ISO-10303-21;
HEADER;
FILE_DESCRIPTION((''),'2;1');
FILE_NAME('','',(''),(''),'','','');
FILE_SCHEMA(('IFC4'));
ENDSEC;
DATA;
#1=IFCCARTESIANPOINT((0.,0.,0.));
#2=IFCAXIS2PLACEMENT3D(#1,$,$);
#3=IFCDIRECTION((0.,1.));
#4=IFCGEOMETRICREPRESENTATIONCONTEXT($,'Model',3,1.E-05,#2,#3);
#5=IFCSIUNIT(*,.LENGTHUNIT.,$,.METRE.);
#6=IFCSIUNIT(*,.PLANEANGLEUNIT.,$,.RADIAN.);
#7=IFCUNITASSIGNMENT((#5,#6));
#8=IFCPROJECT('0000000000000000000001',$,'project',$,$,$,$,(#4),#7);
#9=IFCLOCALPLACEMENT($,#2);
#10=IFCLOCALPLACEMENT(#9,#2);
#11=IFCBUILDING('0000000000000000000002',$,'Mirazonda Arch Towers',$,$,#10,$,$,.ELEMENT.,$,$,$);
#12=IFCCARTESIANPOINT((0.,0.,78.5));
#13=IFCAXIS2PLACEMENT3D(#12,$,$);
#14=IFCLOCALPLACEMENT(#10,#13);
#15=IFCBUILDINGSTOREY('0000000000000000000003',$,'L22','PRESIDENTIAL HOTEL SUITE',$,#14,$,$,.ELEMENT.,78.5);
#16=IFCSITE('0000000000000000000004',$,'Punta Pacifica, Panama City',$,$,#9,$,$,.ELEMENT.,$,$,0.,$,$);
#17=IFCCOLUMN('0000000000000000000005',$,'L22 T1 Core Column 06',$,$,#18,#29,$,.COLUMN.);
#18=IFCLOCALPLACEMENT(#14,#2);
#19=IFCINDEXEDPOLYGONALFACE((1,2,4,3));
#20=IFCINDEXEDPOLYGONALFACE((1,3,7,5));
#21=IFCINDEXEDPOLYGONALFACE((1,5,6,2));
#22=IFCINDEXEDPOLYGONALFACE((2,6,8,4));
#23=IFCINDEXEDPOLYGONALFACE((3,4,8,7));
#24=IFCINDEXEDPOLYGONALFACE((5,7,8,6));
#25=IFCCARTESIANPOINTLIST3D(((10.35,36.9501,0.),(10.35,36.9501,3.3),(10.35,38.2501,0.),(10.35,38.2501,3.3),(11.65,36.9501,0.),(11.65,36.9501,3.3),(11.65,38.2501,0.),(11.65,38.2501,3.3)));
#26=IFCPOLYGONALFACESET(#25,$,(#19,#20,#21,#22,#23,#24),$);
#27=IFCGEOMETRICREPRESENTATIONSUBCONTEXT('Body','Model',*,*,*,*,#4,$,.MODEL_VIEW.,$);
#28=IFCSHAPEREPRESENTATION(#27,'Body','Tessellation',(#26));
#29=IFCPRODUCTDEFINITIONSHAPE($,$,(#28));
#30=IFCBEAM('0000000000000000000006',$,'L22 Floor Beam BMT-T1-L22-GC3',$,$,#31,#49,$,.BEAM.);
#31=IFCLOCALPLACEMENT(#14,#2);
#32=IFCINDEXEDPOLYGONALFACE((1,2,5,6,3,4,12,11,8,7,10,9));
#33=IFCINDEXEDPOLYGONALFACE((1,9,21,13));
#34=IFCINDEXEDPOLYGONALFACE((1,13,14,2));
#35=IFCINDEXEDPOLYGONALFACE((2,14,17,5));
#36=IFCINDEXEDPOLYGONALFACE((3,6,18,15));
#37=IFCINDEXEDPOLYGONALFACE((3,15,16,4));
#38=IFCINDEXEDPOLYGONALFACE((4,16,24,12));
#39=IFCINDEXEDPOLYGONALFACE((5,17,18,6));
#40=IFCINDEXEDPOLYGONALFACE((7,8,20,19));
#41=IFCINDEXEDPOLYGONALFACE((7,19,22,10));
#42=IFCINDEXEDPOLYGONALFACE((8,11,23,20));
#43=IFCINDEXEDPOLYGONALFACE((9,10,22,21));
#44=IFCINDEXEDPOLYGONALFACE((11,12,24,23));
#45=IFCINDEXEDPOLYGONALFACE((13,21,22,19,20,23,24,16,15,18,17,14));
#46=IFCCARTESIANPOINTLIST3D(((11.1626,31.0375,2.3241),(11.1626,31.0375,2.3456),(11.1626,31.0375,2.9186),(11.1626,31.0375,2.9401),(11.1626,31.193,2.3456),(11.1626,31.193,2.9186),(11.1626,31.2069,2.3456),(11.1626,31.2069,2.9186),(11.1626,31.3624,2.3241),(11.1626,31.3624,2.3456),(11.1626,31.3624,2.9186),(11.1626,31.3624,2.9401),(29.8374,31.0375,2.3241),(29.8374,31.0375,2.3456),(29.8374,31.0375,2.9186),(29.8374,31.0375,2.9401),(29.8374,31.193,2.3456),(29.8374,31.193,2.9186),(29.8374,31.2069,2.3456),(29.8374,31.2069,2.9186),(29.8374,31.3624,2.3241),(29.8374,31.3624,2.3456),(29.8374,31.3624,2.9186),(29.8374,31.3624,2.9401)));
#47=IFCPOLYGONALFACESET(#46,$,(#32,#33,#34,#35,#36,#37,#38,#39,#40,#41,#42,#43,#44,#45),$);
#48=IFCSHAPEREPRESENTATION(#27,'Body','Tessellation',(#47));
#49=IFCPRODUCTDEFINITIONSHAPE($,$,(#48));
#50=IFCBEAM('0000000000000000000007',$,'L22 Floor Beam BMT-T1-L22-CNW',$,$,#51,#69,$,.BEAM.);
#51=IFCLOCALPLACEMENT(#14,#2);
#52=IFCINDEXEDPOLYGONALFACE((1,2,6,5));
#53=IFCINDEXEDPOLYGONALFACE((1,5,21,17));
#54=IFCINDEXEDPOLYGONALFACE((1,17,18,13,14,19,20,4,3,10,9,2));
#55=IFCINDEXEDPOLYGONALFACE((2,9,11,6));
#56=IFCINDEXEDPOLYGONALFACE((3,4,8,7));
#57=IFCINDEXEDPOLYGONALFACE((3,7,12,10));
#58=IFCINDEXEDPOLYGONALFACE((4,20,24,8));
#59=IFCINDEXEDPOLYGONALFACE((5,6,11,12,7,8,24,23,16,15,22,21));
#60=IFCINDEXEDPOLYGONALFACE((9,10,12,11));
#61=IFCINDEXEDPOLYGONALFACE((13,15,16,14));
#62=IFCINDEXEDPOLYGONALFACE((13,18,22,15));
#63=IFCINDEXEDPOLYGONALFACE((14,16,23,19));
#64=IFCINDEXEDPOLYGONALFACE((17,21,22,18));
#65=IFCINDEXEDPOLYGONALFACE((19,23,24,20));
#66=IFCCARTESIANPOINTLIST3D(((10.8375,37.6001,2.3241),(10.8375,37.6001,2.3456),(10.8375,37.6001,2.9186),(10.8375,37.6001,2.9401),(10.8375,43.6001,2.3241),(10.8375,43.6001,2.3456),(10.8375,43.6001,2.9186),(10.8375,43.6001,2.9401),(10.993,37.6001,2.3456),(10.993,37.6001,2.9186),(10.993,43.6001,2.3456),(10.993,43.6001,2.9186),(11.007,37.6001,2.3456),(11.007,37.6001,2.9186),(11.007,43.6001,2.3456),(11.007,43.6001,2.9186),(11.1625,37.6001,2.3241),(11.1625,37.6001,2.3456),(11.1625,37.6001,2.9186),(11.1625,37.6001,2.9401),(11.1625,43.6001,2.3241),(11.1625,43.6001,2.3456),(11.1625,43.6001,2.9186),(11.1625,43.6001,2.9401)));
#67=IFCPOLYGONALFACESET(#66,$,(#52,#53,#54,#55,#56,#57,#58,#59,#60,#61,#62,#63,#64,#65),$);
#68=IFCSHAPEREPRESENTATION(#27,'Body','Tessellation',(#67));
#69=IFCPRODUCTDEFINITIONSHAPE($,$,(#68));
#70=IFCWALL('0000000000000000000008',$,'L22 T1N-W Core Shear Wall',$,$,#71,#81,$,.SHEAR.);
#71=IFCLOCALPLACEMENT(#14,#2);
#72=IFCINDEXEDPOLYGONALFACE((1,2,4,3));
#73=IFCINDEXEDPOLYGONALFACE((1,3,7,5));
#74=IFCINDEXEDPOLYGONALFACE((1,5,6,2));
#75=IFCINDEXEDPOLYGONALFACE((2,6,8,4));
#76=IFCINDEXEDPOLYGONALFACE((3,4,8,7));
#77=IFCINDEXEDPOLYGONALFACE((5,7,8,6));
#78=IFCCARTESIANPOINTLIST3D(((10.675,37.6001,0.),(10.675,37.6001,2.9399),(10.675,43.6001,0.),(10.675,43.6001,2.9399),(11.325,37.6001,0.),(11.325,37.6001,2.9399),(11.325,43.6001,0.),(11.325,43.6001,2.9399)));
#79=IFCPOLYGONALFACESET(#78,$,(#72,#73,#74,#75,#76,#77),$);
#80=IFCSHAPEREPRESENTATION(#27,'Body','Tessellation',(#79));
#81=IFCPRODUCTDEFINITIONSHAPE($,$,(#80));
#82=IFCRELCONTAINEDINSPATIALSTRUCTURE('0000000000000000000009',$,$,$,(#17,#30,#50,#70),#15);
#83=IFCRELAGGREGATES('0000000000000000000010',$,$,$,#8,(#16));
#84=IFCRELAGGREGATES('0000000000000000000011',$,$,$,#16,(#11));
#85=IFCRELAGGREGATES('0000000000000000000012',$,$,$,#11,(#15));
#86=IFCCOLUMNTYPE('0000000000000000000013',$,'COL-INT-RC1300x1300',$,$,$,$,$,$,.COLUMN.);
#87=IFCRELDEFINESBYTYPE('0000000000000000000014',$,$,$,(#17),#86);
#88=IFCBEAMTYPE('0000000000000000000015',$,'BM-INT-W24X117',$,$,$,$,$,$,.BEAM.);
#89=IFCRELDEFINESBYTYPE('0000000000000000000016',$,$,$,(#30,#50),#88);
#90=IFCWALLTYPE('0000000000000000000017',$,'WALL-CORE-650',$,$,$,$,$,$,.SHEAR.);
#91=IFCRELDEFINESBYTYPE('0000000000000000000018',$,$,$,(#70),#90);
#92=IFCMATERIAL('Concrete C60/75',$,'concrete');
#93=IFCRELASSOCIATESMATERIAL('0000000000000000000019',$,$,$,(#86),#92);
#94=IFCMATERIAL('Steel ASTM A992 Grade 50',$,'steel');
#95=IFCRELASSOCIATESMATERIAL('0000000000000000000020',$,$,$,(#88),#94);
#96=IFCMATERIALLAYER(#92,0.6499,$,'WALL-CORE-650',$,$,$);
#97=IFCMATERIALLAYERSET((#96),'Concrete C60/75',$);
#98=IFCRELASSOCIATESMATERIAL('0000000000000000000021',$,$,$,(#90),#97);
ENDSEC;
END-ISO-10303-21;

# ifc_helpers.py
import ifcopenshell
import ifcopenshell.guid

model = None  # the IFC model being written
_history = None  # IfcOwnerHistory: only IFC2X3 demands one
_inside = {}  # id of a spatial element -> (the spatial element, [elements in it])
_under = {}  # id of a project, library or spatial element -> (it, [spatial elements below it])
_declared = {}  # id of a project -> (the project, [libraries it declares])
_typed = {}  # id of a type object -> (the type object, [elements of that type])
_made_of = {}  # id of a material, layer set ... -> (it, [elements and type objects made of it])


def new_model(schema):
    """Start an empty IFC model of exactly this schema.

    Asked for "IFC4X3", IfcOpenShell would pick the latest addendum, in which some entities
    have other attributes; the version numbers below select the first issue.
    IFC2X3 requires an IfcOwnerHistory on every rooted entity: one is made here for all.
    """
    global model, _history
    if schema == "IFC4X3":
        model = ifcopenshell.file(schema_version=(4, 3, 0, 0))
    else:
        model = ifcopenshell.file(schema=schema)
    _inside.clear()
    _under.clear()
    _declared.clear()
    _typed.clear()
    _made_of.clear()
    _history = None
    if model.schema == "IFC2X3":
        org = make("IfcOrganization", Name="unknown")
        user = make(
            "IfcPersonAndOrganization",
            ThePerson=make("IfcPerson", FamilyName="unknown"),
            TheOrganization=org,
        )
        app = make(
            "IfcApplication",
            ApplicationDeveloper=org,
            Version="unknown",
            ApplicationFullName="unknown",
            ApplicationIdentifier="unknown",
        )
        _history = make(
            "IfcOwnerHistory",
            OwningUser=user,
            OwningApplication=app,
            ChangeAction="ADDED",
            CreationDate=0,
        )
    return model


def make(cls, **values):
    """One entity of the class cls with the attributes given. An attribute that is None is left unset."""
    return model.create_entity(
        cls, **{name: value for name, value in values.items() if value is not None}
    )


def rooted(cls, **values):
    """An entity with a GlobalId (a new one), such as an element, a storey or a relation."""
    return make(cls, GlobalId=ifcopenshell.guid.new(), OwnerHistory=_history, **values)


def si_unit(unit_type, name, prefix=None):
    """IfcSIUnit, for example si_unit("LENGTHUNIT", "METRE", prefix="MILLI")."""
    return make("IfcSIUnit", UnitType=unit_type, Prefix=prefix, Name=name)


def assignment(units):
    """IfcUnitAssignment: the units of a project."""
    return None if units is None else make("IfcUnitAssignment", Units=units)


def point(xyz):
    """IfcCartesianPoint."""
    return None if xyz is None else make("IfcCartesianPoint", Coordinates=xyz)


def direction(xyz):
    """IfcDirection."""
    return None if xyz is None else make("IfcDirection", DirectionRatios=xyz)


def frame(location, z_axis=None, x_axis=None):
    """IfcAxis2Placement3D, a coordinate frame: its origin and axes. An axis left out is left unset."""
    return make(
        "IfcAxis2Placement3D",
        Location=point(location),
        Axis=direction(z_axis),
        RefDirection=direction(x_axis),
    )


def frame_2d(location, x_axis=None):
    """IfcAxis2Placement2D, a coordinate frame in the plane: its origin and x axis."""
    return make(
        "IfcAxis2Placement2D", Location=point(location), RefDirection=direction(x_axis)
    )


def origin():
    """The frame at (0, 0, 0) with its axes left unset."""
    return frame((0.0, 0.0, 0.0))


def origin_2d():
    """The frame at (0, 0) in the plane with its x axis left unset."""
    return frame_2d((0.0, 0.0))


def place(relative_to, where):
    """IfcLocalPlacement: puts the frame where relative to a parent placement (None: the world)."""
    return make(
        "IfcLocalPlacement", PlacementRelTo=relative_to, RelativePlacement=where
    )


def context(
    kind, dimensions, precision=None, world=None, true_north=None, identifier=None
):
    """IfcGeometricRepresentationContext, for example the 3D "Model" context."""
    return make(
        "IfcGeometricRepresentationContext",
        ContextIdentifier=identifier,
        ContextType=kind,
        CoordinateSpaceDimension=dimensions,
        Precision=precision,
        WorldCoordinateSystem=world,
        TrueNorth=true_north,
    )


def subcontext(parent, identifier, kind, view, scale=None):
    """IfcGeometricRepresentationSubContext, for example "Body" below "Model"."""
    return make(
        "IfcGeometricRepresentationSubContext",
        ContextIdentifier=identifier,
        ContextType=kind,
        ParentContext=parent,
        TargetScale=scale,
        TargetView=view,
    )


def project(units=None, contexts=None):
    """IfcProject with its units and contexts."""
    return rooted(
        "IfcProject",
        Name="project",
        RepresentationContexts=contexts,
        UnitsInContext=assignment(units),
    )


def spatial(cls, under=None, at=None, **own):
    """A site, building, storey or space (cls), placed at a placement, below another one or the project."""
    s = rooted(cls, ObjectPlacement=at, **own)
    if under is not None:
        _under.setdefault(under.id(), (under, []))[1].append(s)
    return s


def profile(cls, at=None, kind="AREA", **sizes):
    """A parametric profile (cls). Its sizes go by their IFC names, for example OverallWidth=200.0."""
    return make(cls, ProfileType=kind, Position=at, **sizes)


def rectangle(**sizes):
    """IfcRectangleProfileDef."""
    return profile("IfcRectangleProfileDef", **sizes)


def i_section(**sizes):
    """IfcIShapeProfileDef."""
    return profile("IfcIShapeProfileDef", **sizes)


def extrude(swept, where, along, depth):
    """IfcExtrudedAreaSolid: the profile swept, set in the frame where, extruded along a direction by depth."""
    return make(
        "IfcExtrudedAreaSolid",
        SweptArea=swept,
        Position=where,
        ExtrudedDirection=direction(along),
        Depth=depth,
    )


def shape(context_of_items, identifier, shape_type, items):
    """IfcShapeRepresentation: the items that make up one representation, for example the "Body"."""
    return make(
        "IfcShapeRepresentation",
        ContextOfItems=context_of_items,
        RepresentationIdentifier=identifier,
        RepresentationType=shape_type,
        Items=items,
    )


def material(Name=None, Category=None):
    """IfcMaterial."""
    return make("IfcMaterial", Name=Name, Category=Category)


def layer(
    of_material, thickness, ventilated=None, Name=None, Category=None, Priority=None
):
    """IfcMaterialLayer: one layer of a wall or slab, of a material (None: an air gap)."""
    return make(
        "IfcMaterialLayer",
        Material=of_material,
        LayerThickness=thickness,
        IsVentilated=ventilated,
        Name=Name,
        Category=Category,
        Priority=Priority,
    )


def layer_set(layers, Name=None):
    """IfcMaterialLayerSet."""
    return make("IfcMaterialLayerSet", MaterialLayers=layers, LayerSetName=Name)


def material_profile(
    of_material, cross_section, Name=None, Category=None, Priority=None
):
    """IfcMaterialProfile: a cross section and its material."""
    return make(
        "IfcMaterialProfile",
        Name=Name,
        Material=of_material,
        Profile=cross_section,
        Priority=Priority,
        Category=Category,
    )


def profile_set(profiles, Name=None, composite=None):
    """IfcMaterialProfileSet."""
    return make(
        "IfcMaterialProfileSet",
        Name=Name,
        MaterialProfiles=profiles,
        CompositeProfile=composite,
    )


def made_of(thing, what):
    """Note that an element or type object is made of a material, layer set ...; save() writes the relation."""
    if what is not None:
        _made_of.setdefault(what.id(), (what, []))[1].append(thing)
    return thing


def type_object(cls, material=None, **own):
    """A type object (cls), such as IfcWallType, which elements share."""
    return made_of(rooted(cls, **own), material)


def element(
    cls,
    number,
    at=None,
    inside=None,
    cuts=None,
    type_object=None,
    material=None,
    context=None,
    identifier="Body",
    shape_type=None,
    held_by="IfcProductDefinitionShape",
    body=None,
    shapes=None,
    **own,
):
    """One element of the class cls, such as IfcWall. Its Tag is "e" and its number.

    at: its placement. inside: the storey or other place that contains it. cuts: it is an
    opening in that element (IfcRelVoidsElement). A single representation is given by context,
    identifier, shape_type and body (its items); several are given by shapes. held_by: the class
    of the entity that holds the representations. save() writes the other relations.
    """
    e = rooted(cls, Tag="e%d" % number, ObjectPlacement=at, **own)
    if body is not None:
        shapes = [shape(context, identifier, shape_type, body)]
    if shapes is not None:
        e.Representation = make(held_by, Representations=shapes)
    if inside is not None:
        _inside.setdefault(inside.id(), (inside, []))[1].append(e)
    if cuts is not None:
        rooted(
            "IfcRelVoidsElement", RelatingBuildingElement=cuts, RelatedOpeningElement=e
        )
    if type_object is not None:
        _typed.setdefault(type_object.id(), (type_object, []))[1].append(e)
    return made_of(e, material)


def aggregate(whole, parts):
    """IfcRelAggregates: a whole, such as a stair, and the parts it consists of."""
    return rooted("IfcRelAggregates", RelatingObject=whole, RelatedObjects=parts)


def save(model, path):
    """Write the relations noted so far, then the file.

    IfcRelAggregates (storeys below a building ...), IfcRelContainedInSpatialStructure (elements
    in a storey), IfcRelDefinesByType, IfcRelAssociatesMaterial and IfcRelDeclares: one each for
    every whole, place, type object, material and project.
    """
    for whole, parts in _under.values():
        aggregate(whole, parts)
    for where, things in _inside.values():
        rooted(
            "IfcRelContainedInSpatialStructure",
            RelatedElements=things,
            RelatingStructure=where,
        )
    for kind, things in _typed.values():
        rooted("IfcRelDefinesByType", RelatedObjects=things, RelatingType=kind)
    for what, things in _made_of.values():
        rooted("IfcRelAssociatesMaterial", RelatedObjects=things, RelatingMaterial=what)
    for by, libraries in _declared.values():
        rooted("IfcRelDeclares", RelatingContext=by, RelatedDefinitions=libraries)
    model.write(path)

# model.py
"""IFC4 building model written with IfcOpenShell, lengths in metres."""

from ifc_helpers import new_model, si_unit, direction, frame, frame_2d, origin, origin_2d, place, context, subcontext, project, spatial, rectangle, i_section, extrude, material, layer, layer_set, material_profile, profile_set, type_object, element, save


model = new_model("IFC4")

# Units and contexts
model_context = context("Model", 3, precision=1e-05, world=origin(), true_north=direction((0.0, 1.0)))
body_context = subcontext(model_context, "Body", "Model", "MODEL_VIEW")
ifc_project = project(units=[si_unit("LENGTHUNIT", "METRE"), si_unit("PLANEANGLEUNIT", "RADIAN")], contexts=[model_context])

# Site, building, storey
site_placement = place(None, origin())
site = spatial("IfcSite", under=ifc_project, at=site_placement, Name="Punta Pacifica, Panama City", CompositionType="ELEMENT", RefElevation=0.0)
building_placement = place(site_placement, origin())
building = spatial("IfcBuilding", under=site, at=building_placement, Name="Mirazonda Arch Towers", CompositionType="ELEMENT")
storey_placement = place(building_placement, frame((0.0, 0.0, 78.5)))
storey = spatial("IfcBuildingStorey", under=building, at=storey_placement, Name="L22", Description="PRESIDENTIAL HOTEL SUITE", CompositionType="ELEMENT", Elevation=78.5)

# Column
ifc_material_1 = material(Name="Concrete C60/75", Category="concrete")
ifc_material_profile_1 = material_profile(ifc_material_1, rectangle(XDim=1.3, YDim=1.3, at=origin_2d()), Name="RC1300x1300")
ifc_profile_set_1 = profile_set([ifc_material_profile_1], Name="Concrete C60/75")
column_type = type_object("IfcColumnType", Name="COL-INT-RC1300x1300", PredefinedType="COLUMN", material=ifc_profile_set_1)
column_placement = place(storey_placement, frame((11.0, 37.6001, 0.0), z_axis=(0.0, 0.0, 1.0), x_axis=(1.0, 0.0, 0.0)))
element("IfcColumn", 1, at=column_placement, inside=storey, type_object=column_type, Name="L22 T1 Core Column 06", PredefinedType="COLUMN", context=body_context, shape_type="SweptSolid", body=[
    extrude(rectangle(XDim=1.3, YDim=1.3, at=origin_2d()), origin(), (0.0, 0.0, 1.0), 3.3),
])

# Beams
ifc_material_2 = material(Name="Steel ASTM A992 Grade 50", Category="steel")
ifc_material_profile_2 = material_profile(ifc_material_2, i_section(OverallWidth=0.325, OverallDepth=0.616, WebThickness=0.0139, FlangeThickness=0.0215, at=origin_2d()), Name="W24X117")
ifc_profile_set_2 = profile_set([ifc_material_profile_2], Name="Steel ASTM A992 Grade 50")
beam_type = type_object("IfcBeamType", Name="BM-INT-W24X117", PredefinedType="BEAM", material=ifc_profile_set_2)
beam_1_placement = place(storey_placement, frame((11.1626, 31.2, 2.6321), z_axis=(1.0, 0.0, 0.0), x_axis=(0.0, 1.0, 0.0)))
element("IfcBeam", 2, at=beam_1_placement, inside=storey, type_object=beam_type, Name="L22 Floor Beam BMT-T1-L22-GC3", PredefinedType="BEAM", context=body_context, shape_type="SweptSolid", body=[
    extrude(i_section(OverallWidth=0.325, OverallDepth=0.616, WebThickness=0.0139, FlangeThickness=0.0215, at=origin_2d()), origin(), (0.0, 0.0, 1.0), 18.6748),
])
beam_2_placement = place(storey_placement, frame((11.0, 37.6001, 2.6321), z_axis=(0.0, 1.0, 0.0), x_axis=(-1.0, 0.0, 0.0)))
element("IfcBeam", 3, at=beam_2_placement, inside=storey, type_object=beam_type, Name="L22 Floor Beam BMT-T1-L22-CNW", PredefinedType="BEAM", context=body_context, shape_type="SweptSolid", body=[
    extrude(i_section(OverallWidth=0.325, OverallDepth=0.616, WebThickness=0.0139, FlangeThickness=0.0215, at=origin_2d()), origin(), (0.0, 0.0, 1.0), 6.0),
])

# Wall
ifc_layer_1 = layer(ifc_material_1, 0.6499, Name="WALL-CORE-650")
ifc_layer_set_1 = layer_set([ifc_layer_1], Name="Concrete C60/75")
wall_type_1 = type_object("IfcWallType", Name="WALL-CORE-650", PredefinedType="SHEAR", material=ifc_layer_set_1)
wall_1_placement = place(storey_placement, frame((11.0, 37.6001, 0.0), z_axis=(0.0, 0.0, 1.0), x_axis=(0.0, 1.0, 0.0)))
element("IfcWall", 4, at=wall_1_placement, inside=storey, type_object=wall_type_1, Name="L22 T1N-W Core Shear Wall", PredefinedType="SHEAR", context=body_context, shape_type="SweptSolid", body=[
    extrude(rectangle(XDim=6.0, YDim=0.6499, at=frame_2d((3.0, 0.0))), origin(), (0.0, 0.0, 1.0), 2.9399),
])

save(model, "model.ifc")
